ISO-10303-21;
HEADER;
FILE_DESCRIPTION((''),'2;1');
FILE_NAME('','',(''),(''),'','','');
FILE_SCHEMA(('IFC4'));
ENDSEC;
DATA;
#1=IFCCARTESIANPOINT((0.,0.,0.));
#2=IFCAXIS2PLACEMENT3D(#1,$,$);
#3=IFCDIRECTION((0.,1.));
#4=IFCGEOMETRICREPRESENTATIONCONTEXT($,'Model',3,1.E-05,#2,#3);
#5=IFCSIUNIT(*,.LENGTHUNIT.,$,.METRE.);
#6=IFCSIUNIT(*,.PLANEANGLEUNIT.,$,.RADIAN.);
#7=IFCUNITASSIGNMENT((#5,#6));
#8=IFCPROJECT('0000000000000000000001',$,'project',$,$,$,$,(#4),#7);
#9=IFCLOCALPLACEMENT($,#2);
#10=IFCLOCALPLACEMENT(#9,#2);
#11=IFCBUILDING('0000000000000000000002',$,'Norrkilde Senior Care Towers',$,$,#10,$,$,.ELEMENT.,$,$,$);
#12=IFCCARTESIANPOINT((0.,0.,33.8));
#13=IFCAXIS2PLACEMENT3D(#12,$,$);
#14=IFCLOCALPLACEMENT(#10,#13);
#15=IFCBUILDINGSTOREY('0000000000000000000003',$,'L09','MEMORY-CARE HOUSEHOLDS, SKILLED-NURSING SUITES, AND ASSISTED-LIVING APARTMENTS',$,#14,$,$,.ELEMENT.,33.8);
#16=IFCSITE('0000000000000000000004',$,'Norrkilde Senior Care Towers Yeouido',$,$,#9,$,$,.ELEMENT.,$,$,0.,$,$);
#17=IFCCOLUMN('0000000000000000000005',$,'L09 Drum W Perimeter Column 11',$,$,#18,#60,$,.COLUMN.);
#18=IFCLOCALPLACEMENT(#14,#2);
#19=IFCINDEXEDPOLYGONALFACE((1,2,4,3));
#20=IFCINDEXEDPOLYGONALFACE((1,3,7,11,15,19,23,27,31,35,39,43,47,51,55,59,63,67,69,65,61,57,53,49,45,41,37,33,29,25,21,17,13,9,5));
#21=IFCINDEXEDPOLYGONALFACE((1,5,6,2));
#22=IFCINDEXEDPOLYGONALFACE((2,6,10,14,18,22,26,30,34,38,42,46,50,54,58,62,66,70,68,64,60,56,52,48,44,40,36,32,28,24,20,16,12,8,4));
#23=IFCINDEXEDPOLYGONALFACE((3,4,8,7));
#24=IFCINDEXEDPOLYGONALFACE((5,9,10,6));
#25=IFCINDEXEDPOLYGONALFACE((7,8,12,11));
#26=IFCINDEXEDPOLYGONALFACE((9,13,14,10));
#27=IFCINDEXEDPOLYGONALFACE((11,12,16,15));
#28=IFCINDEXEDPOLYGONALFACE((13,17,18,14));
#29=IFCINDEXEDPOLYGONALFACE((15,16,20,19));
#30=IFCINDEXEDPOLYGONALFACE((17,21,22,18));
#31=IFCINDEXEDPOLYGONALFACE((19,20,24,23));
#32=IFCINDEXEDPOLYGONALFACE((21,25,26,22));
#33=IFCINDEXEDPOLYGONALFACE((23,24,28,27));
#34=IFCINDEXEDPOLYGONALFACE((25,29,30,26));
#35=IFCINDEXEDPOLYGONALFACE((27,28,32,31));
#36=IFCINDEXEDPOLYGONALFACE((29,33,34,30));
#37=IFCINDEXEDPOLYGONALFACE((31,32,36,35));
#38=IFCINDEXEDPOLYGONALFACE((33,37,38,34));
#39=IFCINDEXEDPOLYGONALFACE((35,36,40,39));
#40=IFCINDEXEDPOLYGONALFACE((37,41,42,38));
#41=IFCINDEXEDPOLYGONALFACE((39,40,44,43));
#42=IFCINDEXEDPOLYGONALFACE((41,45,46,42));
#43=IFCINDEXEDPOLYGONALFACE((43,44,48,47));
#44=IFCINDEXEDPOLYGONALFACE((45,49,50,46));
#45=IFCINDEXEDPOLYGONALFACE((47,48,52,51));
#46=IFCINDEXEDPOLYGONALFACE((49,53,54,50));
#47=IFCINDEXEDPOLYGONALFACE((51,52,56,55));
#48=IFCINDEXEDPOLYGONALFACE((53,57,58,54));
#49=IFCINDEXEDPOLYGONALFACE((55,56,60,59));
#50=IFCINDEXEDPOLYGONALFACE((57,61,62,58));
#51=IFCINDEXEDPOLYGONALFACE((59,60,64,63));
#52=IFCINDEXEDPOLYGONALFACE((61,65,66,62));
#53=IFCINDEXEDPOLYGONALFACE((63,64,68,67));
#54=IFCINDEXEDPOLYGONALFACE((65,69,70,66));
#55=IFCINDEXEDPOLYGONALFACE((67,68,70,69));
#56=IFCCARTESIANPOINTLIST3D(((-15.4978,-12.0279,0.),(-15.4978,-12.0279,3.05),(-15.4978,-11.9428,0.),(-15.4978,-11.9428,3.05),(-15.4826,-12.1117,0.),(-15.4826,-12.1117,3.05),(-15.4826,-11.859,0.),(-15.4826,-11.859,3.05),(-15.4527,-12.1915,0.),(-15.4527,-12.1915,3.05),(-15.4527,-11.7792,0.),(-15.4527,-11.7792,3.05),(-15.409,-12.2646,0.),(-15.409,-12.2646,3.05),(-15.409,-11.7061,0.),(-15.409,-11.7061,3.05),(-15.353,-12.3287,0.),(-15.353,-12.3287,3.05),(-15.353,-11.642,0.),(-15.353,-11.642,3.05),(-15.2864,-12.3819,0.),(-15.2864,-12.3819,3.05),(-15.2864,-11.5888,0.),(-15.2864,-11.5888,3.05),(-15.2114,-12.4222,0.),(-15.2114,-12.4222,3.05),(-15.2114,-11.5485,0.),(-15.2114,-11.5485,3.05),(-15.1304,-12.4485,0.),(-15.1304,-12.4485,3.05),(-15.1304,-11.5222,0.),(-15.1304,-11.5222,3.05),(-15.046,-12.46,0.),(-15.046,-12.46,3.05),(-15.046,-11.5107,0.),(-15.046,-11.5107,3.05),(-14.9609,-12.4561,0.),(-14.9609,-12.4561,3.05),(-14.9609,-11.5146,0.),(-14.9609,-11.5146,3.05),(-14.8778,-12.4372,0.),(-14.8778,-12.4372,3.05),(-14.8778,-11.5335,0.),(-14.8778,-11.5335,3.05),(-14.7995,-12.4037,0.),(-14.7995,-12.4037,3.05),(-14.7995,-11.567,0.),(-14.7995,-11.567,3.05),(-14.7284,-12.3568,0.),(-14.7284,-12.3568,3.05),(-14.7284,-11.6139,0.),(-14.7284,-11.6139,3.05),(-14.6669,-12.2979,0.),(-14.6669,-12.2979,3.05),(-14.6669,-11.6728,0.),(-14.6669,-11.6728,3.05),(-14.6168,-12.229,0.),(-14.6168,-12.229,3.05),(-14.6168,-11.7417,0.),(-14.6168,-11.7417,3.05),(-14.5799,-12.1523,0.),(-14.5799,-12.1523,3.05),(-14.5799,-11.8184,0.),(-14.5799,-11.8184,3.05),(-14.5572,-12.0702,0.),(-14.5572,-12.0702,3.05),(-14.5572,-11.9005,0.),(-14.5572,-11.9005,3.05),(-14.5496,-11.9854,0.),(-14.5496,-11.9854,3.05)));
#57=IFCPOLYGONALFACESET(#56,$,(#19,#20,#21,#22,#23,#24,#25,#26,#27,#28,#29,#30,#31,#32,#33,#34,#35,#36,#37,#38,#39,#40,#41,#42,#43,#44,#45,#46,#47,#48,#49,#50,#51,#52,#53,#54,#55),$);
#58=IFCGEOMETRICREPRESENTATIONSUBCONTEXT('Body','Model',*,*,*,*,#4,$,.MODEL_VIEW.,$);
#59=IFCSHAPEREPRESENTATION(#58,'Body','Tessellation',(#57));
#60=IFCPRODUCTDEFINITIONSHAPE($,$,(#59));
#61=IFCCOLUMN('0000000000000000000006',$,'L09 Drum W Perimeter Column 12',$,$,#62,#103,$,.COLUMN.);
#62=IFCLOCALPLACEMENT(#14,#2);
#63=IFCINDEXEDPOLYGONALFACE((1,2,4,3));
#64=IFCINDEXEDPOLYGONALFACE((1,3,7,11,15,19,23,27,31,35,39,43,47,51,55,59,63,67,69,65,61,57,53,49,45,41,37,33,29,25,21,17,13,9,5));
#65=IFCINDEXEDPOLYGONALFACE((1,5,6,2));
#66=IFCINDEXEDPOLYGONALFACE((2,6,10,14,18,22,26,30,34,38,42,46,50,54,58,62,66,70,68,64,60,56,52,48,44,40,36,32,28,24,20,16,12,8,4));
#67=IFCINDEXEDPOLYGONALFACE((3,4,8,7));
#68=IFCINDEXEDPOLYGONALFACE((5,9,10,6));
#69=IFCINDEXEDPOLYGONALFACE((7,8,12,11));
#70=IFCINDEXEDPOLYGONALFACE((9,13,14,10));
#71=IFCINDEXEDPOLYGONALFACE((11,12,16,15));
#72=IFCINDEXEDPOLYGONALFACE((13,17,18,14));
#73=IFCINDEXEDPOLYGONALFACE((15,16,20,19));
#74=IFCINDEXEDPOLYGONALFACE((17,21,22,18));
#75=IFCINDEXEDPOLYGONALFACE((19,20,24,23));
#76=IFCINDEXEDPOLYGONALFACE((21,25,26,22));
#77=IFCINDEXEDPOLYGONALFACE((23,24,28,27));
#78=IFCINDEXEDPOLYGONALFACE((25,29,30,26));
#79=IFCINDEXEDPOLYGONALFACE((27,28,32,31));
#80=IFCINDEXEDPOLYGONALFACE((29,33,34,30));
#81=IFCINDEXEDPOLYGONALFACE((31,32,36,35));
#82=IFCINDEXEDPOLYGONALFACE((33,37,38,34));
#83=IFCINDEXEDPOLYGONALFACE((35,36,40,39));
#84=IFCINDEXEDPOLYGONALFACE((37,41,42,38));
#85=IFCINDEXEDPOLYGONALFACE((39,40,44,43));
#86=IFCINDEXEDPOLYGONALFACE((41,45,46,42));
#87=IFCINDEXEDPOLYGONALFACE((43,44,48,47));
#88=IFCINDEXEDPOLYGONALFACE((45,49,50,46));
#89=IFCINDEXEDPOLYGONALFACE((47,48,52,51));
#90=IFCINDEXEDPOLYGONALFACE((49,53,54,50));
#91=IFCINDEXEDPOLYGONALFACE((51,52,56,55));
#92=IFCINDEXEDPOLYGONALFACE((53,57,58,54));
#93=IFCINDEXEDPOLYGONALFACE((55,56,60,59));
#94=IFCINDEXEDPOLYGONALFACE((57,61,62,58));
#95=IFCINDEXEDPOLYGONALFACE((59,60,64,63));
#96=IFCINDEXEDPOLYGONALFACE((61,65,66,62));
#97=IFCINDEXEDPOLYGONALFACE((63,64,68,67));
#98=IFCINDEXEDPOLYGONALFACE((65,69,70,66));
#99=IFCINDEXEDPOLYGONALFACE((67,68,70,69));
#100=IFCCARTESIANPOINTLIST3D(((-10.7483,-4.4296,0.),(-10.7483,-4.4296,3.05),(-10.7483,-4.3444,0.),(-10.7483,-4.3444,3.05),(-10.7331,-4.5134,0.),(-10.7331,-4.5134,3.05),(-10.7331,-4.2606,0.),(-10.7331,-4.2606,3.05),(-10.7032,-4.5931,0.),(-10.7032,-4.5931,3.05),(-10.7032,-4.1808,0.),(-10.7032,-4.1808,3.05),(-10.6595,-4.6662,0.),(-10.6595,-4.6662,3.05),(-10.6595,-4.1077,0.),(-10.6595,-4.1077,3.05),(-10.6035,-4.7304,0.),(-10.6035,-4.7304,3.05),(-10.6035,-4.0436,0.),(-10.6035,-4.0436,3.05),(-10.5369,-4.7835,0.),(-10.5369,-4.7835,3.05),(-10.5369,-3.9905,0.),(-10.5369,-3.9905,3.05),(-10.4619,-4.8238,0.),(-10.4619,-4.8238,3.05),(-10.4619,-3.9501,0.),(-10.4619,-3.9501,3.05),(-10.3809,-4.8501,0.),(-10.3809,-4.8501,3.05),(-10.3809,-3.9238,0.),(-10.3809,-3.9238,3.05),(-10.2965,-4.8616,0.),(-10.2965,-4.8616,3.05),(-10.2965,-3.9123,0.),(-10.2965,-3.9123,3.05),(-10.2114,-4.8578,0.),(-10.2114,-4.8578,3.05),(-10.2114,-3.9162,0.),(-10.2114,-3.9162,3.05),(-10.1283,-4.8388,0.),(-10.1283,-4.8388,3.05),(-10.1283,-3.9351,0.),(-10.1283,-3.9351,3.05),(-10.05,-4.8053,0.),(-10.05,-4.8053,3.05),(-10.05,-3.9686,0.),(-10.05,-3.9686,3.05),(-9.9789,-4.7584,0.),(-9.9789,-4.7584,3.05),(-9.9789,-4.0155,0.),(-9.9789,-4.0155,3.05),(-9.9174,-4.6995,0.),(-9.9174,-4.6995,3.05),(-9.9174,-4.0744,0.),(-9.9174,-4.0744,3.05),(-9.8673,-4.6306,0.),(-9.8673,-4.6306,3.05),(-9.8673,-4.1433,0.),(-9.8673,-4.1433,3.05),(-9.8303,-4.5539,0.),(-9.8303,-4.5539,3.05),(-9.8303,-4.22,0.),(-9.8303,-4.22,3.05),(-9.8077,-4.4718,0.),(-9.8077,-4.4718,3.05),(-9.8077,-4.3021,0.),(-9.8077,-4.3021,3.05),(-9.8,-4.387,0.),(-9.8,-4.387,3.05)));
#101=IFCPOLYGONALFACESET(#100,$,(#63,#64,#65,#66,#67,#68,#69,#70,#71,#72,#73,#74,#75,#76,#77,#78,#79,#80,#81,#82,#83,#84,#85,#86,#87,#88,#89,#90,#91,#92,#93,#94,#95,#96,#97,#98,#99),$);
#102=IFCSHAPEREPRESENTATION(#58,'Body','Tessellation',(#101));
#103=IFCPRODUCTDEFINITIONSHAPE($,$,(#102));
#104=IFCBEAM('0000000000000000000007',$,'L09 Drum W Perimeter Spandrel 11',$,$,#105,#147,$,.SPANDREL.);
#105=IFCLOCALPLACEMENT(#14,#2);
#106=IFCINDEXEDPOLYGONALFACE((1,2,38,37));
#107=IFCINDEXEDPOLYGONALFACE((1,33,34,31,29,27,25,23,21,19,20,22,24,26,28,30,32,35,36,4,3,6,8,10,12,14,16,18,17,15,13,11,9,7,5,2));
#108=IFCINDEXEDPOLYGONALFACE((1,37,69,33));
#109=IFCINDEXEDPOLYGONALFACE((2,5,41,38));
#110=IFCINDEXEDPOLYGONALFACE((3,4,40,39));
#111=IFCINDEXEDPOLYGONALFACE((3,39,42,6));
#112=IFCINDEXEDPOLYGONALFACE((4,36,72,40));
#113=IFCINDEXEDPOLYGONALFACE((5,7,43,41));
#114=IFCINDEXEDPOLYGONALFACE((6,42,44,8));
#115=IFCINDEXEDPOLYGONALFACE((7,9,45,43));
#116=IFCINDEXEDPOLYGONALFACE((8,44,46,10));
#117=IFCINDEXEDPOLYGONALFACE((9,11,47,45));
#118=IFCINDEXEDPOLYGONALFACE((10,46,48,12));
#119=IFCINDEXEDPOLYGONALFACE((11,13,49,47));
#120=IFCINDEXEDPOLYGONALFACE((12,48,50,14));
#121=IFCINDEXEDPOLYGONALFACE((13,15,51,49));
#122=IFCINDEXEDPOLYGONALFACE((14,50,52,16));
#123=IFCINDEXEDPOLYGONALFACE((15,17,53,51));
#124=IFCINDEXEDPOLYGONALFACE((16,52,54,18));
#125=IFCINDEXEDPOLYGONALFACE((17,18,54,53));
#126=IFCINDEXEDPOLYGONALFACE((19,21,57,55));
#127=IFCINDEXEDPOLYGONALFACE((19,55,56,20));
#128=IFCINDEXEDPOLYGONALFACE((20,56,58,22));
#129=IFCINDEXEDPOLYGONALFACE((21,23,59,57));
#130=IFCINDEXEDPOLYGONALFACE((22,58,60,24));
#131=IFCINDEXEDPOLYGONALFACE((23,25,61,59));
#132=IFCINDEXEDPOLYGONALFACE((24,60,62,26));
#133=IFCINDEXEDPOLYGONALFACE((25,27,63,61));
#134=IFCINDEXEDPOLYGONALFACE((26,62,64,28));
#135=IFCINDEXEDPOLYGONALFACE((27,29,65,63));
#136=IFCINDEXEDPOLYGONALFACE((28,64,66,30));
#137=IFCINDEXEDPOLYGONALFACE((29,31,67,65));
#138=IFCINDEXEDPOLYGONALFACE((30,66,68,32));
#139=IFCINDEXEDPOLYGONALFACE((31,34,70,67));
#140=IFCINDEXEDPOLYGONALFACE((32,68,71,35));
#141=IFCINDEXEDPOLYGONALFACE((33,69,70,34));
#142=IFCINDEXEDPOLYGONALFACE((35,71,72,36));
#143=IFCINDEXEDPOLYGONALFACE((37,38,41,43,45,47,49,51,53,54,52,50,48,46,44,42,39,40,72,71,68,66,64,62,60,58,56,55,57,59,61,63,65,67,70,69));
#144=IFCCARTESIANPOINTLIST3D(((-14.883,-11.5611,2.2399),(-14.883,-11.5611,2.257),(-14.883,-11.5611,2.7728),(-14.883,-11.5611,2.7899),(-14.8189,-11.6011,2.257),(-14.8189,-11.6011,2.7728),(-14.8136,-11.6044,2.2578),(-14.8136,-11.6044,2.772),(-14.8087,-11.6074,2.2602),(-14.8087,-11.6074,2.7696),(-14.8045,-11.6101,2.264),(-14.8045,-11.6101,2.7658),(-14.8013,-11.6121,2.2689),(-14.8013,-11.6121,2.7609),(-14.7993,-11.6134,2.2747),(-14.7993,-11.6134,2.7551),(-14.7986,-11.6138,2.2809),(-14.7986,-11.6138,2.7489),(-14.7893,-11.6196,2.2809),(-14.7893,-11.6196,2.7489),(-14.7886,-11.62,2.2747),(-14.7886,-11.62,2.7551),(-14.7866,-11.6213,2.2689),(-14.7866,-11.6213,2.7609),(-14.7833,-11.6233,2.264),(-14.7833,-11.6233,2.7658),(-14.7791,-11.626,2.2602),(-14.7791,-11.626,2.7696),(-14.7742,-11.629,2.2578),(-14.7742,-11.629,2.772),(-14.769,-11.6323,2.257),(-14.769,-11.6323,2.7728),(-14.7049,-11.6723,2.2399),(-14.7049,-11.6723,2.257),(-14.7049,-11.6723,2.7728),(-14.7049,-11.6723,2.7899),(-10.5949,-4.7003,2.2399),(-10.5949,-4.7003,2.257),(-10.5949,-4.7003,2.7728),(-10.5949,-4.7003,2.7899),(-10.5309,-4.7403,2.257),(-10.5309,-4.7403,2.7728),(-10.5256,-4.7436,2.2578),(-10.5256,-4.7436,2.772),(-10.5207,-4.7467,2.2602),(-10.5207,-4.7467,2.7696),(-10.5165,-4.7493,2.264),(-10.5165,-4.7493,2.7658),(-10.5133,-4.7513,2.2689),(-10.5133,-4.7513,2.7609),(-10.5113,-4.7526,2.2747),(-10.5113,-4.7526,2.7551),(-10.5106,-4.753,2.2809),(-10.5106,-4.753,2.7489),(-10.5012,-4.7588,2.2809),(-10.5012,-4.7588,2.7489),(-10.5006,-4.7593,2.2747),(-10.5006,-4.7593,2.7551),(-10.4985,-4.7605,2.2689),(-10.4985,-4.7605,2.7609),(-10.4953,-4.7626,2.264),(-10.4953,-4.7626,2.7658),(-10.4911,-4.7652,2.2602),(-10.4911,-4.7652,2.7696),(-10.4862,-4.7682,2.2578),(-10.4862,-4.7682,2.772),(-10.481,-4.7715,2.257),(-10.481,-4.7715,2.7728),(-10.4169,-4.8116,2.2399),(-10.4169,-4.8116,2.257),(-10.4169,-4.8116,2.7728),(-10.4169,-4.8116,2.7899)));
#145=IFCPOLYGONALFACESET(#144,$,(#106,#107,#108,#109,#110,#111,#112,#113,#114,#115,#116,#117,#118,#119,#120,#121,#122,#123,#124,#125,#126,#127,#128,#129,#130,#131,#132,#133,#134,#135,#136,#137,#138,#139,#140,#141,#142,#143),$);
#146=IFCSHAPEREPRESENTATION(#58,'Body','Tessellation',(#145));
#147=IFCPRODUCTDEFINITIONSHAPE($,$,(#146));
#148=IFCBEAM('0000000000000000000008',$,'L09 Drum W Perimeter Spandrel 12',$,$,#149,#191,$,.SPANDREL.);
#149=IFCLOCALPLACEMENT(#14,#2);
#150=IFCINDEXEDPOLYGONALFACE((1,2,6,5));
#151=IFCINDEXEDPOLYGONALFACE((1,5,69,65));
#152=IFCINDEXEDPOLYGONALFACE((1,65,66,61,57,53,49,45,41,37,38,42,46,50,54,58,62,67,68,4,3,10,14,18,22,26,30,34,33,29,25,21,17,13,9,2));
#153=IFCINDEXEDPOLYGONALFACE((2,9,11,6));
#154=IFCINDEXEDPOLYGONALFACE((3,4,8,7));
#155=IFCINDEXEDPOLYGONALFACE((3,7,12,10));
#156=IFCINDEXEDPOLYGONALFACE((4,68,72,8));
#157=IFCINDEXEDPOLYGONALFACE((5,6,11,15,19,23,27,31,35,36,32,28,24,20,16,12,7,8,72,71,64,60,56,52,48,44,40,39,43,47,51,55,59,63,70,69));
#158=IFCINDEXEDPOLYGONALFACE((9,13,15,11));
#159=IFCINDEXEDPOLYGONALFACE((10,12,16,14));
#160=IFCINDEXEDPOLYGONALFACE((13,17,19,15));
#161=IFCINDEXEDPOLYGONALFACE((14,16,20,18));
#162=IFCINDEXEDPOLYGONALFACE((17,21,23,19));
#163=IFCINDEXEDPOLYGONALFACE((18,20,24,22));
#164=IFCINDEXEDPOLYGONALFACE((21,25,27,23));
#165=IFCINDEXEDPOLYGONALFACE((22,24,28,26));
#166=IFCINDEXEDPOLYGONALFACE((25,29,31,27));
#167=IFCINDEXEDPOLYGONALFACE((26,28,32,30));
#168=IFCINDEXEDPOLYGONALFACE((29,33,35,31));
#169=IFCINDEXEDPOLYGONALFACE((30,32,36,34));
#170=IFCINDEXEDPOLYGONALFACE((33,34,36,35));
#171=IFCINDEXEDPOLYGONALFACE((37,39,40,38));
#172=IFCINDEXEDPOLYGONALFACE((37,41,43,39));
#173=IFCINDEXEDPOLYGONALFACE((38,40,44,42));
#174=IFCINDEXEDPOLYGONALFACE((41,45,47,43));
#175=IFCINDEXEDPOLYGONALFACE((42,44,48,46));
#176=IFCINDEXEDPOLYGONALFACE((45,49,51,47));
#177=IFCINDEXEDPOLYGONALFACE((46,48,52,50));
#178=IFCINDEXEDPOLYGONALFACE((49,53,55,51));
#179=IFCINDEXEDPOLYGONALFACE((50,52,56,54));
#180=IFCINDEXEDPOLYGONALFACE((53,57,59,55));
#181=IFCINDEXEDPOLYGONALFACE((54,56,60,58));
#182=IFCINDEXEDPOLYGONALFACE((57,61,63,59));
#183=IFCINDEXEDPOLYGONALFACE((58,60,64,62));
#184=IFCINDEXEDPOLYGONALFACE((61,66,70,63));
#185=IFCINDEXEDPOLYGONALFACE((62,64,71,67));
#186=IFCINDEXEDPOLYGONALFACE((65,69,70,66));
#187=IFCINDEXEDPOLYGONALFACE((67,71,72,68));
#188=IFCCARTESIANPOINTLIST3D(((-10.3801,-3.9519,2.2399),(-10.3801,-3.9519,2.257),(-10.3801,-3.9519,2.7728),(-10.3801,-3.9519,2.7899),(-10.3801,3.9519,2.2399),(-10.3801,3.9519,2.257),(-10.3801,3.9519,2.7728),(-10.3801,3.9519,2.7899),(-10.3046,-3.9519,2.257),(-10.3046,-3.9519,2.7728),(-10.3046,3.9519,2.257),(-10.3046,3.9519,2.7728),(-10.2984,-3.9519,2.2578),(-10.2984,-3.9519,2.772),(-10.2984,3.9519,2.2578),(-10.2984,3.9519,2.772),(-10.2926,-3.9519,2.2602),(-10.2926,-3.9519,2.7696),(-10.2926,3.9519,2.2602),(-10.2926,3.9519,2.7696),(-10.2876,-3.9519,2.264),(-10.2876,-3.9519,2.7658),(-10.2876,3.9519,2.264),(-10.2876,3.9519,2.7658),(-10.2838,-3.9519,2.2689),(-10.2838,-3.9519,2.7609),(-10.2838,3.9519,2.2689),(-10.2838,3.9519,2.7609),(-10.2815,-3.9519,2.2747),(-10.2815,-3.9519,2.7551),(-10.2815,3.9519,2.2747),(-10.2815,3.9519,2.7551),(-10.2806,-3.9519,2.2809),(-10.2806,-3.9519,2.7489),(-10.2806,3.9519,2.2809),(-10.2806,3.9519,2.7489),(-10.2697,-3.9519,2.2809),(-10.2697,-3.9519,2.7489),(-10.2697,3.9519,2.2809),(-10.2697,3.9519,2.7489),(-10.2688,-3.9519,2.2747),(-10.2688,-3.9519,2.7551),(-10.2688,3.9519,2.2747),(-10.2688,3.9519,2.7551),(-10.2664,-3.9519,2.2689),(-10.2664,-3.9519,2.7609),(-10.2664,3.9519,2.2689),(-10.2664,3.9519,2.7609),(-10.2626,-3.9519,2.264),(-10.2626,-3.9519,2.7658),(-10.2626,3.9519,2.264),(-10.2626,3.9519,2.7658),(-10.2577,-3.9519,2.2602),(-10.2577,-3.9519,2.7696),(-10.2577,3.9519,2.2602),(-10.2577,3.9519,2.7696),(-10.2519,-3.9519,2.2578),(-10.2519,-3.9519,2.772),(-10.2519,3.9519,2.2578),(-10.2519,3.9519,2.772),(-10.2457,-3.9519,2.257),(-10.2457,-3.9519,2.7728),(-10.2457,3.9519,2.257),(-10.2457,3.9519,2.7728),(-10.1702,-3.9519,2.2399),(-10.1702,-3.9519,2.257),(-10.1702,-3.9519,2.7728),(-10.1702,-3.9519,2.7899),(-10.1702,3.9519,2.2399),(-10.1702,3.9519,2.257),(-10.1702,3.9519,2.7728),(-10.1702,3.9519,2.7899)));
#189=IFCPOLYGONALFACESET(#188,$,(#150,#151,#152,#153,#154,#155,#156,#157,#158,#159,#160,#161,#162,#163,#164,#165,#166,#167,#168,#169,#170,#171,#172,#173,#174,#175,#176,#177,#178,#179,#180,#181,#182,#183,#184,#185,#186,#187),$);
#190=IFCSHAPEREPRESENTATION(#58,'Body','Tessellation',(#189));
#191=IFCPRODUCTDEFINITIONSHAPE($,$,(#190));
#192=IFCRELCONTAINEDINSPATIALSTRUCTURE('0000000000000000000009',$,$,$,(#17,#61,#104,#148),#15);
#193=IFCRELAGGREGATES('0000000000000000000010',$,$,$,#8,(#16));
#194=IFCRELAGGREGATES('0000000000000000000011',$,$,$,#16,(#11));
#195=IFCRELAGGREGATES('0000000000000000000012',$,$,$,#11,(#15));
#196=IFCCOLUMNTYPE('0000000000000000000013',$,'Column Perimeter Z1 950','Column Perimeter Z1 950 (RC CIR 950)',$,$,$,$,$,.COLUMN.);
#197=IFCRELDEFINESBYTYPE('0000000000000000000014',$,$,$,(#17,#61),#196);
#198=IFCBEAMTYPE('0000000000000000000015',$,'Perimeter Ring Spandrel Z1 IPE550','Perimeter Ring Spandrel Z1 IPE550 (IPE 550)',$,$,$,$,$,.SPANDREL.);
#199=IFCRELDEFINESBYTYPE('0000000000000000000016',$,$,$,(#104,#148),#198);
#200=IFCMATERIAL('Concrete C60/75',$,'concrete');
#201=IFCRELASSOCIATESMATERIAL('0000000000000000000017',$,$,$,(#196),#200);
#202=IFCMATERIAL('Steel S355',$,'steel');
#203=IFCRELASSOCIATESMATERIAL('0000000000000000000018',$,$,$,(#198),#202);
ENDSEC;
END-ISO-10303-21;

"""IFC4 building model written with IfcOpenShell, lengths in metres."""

from ifc_helpers import new_model, si_unit, direction, frame, origin, origin_2d, place, context, subcontext, project, spatial, circle, i_section, extrude, source, transform, mapped, material, material_profile, profile_set, type_object, type_shapes, element, save


model = new_model("IFC4")

# Units and contexts
model_context = context("Model", 3, precision=1e-05, world=origin(), true_north=direction((0.0, 1.0)))
body_context = subcontext(model_context, "Body", "Model", "MODEL_VIEW")
ifc_project = project(units=[si_unit("LENGTHUNIT", "METRE"), si_unit("PLANEANGLEUNIT", "RADIAN")], contexts=[model_context])

# Site, building, storey
site_placement = place(None, origin())
site = spatial("IfcSite", under=ifc_project, at=site_placement, Name="Norrkilde Senior Care Towers Yeouido", CompositionType="ELEMENT", RefElevation=0.0)
building_placement = place(site_placement, origin())
building = spatial("IfcBuilding", under=site, at=building_placement, Name="Norrkilde Senior Care Towers", CompositionType="ELEMENT")
storey_placement = place(building_placement, frame((0.0, 0.0, 33.8)))
storey = spatial("IfcBuildingStorey", under=building, at=storey_placement, Name="L09", Description="MEMORY-CARE HOUSEHOLDS, SKILLED-NURSING SUITES, AND ASSISTED-LIVING APARTMENTS", CompositionType="ELEMENT", Elevation=33.8)

# Columns
ifc_material_1 = material(Name="Concrete C60/75", Category="concrete")
ifc_material_profile_1 = material_profile(ifc_material_1, circle(Radius=0.4751, at=origin_2d()), Name="RC CIR 950")
ifc_profile_set_1 = profile_set([ifc_material_profile_1], Name="Concrete C60/75")
column_type = type_object("IfcColumnType", Name="Column Perimeter Z1 950", Description="Column Perimeter Z1 950 (RC CIR 950)", PredefinedType="COLUMN", material=ifc_profile_set_1)
shared_shape_1 = source(origin(), body_context, "Body", "SweptSolid", [
    extrude(circle(Radius=0.4751, at=origin_2d()), origin(), (0.0, 0.0, 1.0), 3.05),
])
type_shapes(column_type, [shared_shape_1])
for number, where, z_axis, x_axis, name in (
    (1, (-15.0247, -11.9854, 0.0), (0.0, 0.0, 1.0), (1.0, 0.0, 0.0), "L09 Drum W Perimeter Column 11"),
    (2, (-10.2751, -4.387, 0.0), (0.0, 0.0, 1.0), (1.0, 0.0, 0.0), "L09 Drum W Perimeter Column 12"),
):
    element("IfcColumn", number, at=place(storey_placement, frame(where, z_axis=z_axis, x_axis=x_axis)), inside=storey, type_object=column_type, Name=name, PredefinedType="COLUMN", context=body_context, shape_type="MappedRepresentation", body=[
        mapped(shared_shape_1, transform((0.0, 0.0, 0.0), x_axis=(1.0, 0.0, 0.0), y_axis=(0.0, 1.0, 0.0), z_axis=(0.0, 0.0, 1.0), scale=1.0)),
    ])

# Beams
ifc_material_2 = material(Name="Steel S355", Category="steel")
ifc_material_profile_2 = material_profile(ifc_material_2, i_section(OverallWidth=0.21, OverallDepth=0.55, WebThickness=0.011, FlangeThickness=0.0171, FilletRadius=0.0239, at=origin_2d()), Name="IPE 550")
ifc_profile_set_2 = profile_set([ifc_material_profile_2], Name="Steel S355")
beam_type_1 = type_object("IfcBeamType", Name="Perimeter Ring Spandrel Z1 IPE550", Description="Perimeter Ring Spandrel Z1 IPE550 (IPE 550)", PredefinedType="SPANDREL", material=ifc_profile_set_2)
shared_shape_2 = source(origin(), body_context, "Body", "SweptSolid", [
    extrude(i_section(OverallWidth=0.21, OverallDepth=0.55, WebThickness=0.011, FlangeThickness=0.0171, FilletRadius=0.0239, at=origin_2d()), origin(), (0.0, 0.0, 1.0), 8.0906),
])
beam_1_placement = place(storey_placement, frame((-14.7939, -11.6167, 2.5149), z_axis=(0.530004, 0.847995, 0.0), x_axis=(-0.847995, 0.530004, 0.0)))
element("IfcBeam", 3, at=beam_1_placement, inside=storey, type_object=beam_type_1, Name="L09 Drum W Perimeter Spandrel 11", PredefinedType="SPANDREL", context=body_context, shape_type="MappedRepresentation", body=[
    mapped(shared_shape_2, transform((0.0, 0.0, 0.0), x_axis=(1.0, 0.0, 0.0), y_axis=(0.0, 1.0, 0.0), z_axis=(0.0, 0.0, 1.0), scale=1.0)),
])
shared_shape_3 = source(origin(), body_context, "Body", "SweptSolid", [
    extrude(i_section(OverallWidth=0.21, OverallDepth=0.55, WebThickness=0.011, FlangeThickness=0.0171, FilletRadius=0.0239, at=origin_2d()), origin(), (0.0, 0.0, 1.0), 7.9038),
])
type_shapes(beam_type_1, [shared_shape_2, shared_shape_3])
beam_2_placement = place(storey_placement, frame((-10.2751, -3.9519, 2.5149), z_axis=(0.0, 1.0, 0.0), x_axis=(-1.0, 0.0, 0.0)))
element("IfcBeam", 4, at=beam_2_placement, inside=storey, type_object=beam_type_1, Name="L09 Drum W Perimeter Spandrel 12", PredefinedType="SPANDREL", context=body_context, shape_type="MappedRepresentation", body=[
    mapped(shared_shape_3, transform((0.0, 0.0, 0.0), x_axis=(1.0, 0.0, 0.0), y_axis=(0.0, 1.0, 0.0), z_axis=(0.0, 0.0, 1.0), scale=1.0)),
])

save(model, "model.ifc")
